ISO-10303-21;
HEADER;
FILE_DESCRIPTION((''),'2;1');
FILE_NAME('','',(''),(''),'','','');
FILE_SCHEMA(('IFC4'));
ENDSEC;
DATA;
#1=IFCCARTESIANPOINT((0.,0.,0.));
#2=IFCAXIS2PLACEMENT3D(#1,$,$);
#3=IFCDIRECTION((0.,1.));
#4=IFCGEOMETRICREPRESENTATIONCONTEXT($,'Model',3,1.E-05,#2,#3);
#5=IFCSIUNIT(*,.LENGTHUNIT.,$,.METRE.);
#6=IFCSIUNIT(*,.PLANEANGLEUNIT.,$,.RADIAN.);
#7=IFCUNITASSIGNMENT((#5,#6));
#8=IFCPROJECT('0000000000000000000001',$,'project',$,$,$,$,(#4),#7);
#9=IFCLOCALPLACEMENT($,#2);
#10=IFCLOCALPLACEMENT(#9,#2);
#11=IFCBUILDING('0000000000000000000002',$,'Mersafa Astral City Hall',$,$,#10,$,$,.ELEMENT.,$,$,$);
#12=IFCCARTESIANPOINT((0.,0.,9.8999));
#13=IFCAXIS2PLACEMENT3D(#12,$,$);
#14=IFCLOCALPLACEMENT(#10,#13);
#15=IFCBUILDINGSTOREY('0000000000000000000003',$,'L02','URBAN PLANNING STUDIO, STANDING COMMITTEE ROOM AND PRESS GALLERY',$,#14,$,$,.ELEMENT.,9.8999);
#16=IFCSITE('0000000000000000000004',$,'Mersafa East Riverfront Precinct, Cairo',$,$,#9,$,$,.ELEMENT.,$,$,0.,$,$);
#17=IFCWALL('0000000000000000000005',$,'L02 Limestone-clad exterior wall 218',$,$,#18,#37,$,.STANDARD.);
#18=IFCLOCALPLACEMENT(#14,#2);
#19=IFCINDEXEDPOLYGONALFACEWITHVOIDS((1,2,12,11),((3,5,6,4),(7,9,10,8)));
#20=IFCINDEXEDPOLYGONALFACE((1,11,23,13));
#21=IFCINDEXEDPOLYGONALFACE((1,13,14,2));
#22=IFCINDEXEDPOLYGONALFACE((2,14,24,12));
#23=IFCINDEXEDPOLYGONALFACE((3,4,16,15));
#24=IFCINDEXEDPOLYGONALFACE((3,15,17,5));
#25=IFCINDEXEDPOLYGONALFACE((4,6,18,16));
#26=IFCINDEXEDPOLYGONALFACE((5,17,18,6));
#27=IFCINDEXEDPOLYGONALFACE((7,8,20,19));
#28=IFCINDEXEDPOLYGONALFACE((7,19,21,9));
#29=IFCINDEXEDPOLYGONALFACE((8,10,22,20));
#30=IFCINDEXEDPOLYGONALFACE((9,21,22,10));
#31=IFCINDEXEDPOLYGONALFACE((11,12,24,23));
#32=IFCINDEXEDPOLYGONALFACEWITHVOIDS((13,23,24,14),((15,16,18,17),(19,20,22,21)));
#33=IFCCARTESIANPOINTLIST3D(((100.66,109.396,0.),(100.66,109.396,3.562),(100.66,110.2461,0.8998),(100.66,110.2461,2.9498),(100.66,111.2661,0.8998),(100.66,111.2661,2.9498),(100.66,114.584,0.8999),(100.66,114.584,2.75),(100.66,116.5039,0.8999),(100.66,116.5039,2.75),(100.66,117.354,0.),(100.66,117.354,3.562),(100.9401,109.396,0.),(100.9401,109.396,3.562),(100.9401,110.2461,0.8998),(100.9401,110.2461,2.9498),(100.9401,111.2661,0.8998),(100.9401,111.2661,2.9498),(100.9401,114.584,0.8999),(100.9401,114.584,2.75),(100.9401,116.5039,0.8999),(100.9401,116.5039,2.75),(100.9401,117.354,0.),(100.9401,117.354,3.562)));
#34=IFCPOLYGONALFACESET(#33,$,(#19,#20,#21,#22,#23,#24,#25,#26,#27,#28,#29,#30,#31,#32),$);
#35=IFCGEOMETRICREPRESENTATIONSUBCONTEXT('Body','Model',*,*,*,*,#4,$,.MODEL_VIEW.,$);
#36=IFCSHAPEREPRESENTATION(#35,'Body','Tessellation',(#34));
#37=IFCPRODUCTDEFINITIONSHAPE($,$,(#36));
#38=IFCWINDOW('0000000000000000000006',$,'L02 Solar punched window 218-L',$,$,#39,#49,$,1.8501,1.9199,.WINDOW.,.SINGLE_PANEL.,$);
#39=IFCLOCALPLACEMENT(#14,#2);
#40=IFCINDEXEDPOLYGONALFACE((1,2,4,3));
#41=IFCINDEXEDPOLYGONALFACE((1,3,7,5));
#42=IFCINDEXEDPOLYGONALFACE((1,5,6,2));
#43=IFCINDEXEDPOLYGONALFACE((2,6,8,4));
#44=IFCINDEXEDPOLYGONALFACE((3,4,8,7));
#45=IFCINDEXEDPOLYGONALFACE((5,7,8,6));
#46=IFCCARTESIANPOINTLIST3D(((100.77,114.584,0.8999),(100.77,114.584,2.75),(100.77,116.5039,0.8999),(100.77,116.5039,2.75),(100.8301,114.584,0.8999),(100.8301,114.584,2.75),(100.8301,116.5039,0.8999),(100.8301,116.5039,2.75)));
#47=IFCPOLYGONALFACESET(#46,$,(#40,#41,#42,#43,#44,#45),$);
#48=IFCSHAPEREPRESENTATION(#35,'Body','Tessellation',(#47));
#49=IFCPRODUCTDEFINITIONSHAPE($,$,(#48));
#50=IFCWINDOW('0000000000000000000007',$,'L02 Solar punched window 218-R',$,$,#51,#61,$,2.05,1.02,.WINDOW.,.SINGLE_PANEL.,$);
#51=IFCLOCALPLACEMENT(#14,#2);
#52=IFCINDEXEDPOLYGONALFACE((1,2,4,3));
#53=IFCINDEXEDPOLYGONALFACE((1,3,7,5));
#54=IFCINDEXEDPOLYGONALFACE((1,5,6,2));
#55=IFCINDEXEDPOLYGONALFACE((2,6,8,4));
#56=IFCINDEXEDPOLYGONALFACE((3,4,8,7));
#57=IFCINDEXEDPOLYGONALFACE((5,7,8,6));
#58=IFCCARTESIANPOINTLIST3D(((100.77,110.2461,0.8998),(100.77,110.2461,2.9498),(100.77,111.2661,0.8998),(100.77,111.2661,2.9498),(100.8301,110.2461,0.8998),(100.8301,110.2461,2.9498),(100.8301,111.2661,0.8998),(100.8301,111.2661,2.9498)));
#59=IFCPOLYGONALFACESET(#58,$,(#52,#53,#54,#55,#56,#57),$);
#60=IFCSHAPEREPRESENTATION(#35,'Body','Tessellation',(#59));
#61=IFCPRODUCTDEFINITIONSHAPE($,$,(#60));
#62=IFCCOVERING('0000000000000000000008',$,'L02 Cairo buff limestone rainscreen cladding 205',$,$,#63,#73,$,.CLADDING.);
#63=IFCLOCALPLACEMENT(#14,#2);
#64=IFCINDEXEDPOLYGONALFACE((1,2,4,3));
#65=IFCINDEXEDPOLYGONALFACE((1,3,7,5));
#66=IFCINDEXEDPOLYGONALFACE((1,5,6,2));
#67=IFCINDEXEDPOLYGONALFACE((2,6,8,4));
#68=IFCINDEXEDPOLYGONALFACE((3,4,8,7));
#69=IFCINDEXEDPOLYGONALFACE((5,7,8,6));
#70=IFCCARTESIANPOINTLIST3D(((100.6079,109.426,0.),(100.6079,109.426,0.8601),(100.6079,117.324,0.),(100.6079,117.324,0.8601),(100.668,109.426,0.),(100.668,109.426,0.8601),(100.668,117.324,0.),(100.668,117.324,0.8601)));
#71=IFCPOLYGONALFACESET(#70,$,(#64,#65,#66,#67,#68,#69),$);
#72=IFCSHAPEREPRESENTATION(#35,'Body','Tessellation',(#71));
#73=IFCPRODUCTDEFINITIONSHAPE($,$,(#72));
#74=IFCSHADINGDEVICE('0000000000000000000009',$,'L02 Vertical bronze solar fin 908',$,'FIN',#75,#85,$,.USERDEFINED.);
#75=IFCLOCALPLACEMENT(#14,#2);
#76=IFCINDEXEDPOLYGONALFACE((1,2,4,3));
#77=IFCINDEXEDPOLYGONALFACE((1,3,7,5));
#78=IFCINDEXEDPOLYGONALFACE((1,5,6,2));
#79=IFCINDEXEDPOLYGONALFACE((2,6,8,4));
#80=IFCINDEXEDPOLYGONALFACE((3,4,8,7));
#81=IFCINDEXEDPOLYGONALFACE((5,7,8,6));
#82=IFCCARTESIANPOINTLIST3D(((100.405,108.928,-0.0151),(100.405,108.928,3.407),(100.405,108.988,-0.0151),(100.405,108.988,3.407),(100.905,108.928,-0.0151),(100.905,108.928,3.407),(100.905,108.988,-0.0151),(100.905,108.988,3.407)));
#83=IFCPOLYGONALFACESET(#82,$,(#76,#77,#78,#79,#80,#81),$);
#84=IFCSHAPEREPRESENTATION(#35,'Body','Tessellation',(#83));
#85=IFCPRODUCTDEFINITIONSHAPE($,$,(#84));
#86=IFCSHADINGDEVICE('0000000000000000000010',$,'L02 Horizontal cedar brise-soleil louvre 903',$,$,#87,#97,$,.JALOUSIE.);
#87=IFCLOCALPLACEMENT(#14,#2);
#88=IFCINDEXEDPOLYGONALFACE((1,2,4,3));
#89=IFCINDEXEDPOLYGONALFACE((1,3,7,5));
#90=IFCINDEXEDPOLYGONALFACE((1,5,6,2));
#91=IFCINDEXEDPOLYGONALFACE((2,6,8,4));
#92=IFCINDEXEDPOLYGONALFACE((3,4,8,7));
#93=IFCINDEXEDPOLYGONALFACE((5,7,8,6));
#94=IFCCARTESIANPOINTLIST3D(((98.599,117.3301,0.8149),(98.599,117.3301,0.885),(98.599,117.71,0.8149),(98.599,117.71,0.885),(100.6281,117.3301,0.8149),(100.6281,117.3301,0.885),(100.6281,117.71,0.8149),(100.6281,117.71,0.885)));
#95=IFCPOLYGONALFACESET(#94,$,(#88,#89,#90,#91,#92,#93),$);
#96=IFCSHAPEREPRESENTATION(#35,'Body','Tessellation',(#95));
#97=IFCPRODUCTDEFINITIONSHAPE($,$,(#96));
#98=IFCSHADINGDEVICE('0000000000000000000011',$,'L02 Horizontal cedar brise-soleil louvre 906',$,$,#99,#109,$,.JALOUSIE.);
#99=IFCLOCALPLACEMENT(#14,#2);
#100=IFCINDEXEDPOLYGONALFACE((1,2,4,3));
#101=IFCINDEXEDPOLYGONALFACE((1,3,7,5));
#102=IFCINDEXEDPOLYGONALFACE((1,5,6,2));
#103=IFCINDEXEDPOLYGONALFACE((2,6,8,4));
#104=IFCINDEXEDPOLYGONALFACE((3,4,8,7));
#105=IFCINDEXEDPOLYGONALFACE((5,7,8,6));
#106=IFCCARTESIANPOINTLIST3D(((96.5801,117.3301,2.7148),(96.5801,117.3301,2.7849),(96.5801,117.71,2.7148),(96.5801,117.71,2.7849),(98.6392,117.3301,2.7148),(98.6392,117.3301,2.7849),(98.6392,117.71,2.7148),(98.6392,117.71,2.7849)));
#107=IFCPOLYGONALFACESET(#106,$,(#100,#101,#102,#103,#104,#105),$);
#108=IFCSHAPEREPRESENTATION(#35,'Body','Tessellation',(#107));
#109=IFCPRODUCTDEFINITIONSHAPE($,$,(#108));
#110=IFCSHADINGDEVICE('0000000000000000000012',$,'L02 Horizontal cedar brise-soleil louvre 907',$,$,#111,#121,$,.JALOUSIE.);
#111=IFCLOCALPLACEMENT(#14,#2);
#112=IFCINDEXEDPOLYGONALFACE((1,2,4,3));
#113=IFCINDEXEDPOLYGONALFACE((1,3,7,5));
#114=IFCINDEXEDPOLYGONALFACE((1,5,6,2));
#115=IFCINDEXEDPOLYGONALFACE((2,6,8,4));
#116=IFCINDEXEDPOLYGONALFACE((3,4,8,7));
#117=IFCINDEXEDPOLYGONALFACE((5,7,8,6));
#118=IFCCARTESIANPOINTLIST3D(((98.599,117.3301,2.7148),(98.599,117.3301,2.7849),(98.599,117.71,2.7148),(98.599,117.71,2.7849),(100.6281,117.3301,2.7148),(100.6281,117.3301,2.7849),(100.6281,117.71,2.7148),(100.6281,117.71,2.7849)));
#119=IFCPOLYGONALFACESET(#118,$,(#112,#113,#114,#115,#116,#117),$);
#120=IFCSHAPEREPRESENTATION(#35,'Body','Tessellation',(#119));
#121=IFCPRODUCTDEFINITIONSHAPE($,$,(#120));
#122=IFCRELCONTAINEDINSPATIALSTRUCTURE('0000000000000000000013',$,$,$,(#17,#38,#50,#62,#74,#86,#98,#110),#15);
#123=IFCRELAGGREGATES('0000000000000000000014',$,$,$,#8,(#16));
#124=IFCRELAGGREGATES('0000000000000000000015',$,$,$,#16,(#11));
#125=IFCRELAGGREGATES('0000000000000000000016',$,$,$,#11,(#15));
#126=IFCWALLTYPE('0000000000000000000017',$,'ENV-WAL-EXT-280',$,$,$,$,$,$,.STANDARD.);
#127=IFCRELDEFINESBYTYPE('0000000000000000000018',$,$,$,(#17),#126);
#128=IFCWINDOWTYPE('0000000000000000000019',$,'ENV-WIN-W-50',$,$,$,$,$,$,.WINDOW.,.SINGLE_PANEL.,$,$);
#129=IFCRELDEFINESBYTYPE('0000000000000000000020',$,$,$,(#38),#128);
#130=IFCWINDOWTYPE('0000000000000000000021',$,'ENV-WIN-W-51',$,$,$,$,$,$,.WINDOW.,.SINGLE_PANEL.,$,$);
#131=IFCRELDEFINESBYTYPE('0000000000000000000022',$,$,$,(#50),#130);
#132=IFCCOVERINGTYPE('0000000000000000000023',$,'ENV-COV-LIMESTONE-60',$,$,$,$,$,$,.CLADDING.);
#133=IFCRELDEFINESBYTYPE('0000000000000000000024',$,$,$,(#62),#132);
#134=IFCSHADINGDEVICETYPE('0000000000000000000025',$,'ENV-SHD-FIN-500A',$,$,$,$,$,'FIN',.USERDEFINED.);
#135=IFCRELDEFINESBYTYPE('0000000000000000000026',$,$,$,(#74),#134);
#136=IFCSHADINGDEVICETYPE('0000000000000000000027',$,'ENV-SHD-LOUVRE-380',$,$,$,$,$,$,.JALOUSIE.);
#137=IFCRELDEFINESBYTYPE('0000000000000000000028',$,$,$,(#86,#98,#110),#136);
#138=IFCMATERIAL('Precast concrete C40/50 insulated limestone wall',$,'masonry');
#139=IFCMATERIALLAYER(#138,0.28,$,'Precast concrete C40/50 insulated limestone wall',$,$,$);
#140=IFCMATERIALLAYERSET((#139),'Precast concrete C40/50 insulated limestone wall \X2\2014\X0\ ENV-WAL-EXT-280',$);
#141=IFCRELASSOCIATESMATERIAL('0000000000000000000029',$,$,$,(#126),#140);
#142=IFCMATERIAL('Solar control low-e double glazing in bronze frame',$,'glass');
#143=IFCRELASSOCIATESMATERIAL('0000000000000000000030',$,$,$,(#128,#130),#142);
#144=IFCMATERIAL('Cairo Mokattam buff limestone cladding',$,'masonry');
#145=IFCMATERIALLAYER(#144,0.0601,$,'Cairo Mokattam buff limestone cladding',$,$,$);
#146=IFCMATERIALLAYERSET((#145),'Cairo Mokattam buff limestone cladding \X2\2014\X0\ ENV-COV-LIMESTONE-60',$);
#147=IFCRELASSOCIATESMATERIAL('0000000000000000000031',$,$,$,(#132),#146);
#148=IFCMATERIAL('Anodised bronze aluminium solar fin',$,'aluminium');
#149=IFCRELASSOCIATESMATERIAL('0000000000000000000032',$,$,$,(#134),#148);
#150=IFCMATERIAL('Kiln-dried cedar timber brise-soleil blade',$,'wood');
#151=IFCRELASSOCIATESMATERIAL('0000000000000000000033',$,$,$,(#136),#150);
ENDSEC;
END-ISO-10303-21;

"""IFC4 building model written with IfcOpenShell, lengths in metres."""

from ifc_helpers import new_model, si_unit, direction, frame, frame_2d, origin, origin_2d, place, context, subcontext, project, spatial, rectangle, extrude, material, layer, layer_set, type_object, element, fill, save


model = new_model("IFC4")

# Units and contexts
model_context = context("Model", 3, precision=1e-05, world=origin(), true_north=direction((0.0, 1.0)))
body_context = subcontext(model_context, "Body", "Model", "MODEL_VIEW")
ifc_project = project(units=[si_unit("LENGTHUNIT", "METRE"), si_unit("PLANEANGLEUNIT", "RADIAN")], contexts=[model_context])

# Site, building, storey
site_placement = place(None, origin())
site = spatial("IfcSite", under=ifc_project, at=site_placement, Name="Mersafa East Riverfront Precinct, Cairo", CompositionType="ELEMENT", RefElevation=0.0)
building_placement = place(site_placement, origin())
building = spatial("IfcBuilding", under=site, at=building_placement, Name="Mersafa Astral City Hall", CompositionType="ELEMENT")
storey_placement = place(building_placement, frame((0.0, 0.0, 9.8999)))
storey = spatial("IfcBuildingStorey", under=building, at=storey_placement, Name="L02", Description="URBAN PLANNING STUDIO, STANDING COMMITTEE ROOM AND PRESS GALLERY", CompositionType="ELEMENT", Elevation=9.8999)

# Wall, openings, windows
ifc_material_1 = material(Name="Precast concrete C40/50 insulated limestone wall", Category="masonry")
ifc_layer_1 = layer(ifc_material_1, 0.28, Name="Precast concrete C40/50 insulated limestone wall")
ifc_layer_set_1 = layer_set([ifc_layer_1], Name="Precast concrete C40/50 insulated limestone wall — ENV-WAL-EXT-280")
wall_type = type_object("IfcWallType", Name="ENV-WAL-EXT-280", PredefinedType="STANDARD", material=ifc_layer_set_1)
wall_placement = place(storey_placement, frame((100.8, 117.354, 0.0), z_axis=(0.0, 0.0, 1.0), x_axis=(0.0, -1.0, 0.0)))
wall = element("IfcWall", 1, at=wall_placement, inside=storey, type_object=wall_type, Name="L02 Limestone-clad exterior wall 218", PredefinedType="STANDARD", context=body_context, shape_type="SweptSolid", body=[
    extrude(rectangle(XDim=7.958, YDim=0.28, at=frame_2d((3.979, 0.0))), origin(), (0.0, 0.0, 1.0), 3.562),
])
opening_1_placement = place(wall_placement, frame((0.8501, 0.0, 0.8999)))
opening_1 = element("IfcOpeningElement", 2, at=opening_1_placement, cuts=wall, PredefinedType="OPENING", context=body_context, shape_type="SweptSolid", body=[
    extrude(rectangle(XDim=1.9199, YDim=1.8501, at=frame_2d((0.96, 0.925))), frame((0.0, 0.1499, 0.0), z_axis=(0.0, -1.0, 0.0), x_axis=(1.0, 0.0, 0.0)), (0.0, 0.0, 1.0), 0.3),
])
opening_2_placement = place(wall_placement, frame((6.0879, 0.0, 0.8999)))
opening_2 = element("IfcOpeningElement", 3, at=opening_2_placement, cuts=wall, PredefinedType="OPENING", context=body_context, shape_type="SweptSolid", body=[
    extrude(rectangle(XDim=1.02, YDim=2.05, at=frame_2d((0.51, 1.0249))), frame((0.0, 0.1499, 0.0), z_axis=(0.0, -1.0, 0.0), x_axis=(1.0, 0.0, 0.0)), (0.0, 0.0, 1.0), 0.3),
])
ifc_material_2 = material(Name="Solar control low-e double glazing in bronze frame", Category="glass")
window_type_1 = type_object("IfcWindowType", Name="ENV-WIN-W-50", PartitioningType="SINGLE_PANEL", PredefinedType="WINDOW", material=ifc_material_2)
window_1_placement = place(opening_1_placement, origin())
window_1 = element("IfcWindow", 4, at=window_1_placement, inside=storey, type_object=window_type_1, Name="L02 Solar punched window 218-L", OverallHeight=1.8501, OverallWidth=1.9199, PartitioningType="SINGLE_PANEL", PredefinedType="WINDOW", context=body_context, shape_type="SweptSolid", body=[
    extrude(rectangle(XDim=1.9199, YDim=1.8501, at=frame_2d((0.96, 0.925))), frame((0.0, 0.03, 0.0), z_axis=(0.0, -1.0, 0.0), x_axis=(1.0, 0.0, 0.0)), (0.0, 0.0, 1.0), 0.0601),
])
fill(opening_1, window_1)
window_type_2 = type_object("IfcWindowType", Name="ENV-WIN-W-51", PartitioningType="SINGLE_PANEL", PredefinedType="WINDOW", material=ifc_material_2)
window_2_placement = place(opening_2_placement, origin())
window_2 = element("IfcWindow", 5, at=window_2_placement, inside=storey, type_object=window_type_2, Name="L02 Solar punched window 218-R", OverallHeight=2.05, OverallWidth=1.02, PartitioningType="SINGLE_PANEL", PredefinedType="WINDOW", context=body_context, shape_type="SweptSolid", body=[
    extrude(rectangle(XDim=1.02, YDim=2.05, at=frame_2d((0.51, 1.0249))), frame((0.0, 0.03, 0.0), z_axis=(0.0, -1.0, 0.0), x_axis=(1.0, 0.0, 0.0)), (0.0, 0.0, 1.0), 0.0601),
])
fill(opening_2, window_2)

# Covering
ifc_material_3 = material(Name="Cairo Mokattam buff limestone cladding", Category="masonry")
ifc_layer_2 = layer(ifc_material_3, 0.0601, Name="Cairo Mokattam buff limestone cladding")
ifc_layer_set_2 = layer_set([ifc_layer_2], Name="Cairo Mokattam buff limestone cladding — ENV-COV-LIMESTONE-60")
covering_type = type_object("IfcCoveringType", Name="ENV-COV-LIMESTONE-60", PredefinedType="CLADDING", material=ifc_layer_set_2)
covering_placement = place(storey_placement, frame((100.6379, 113.375, 0.0), z_axis=(0.0, 0.0, 1.0), x_axis=(0.0, -1.0, 0.0)))
element("IfcCovering", 6, at=covering_placement, inside=storey, type_object=covering_type, Name="L02 Cairo buff limestone rainscreen cladding 205", PredefinedType="CLADDING", context=body_context, shape_type="SweptSolid", body=[
    extrude(rectangle(XDim=7.8979, YDim=0.0601, at=origin_2d()), origin(), (0.0, 0.0, 1.0), 0.8601),
])

# Shading devices
ifc_material_4 = material(Name="Anodised bronze aluminium solar fin", Category="aluminium")
shading_device_type_1 = type_object("IfcShadingDeviceType", Name="ENV-SHD-FIN-500A", ElementType="FIN", PredefinedType="USERDEFINED", material=ifc_material_4)
shading_device_1_placement = place(storey_placement, frame((100.655, 108.958, -0.0151), z_axis=(0.0, 0.0, 1.0), x_axis=(0.0, -1.0, 0.0)))
element("IfcShadingDevice", 7, at=shading_device_1_placement, inside=storey, type_object=shading_device_type_1, Name="L02 Vertical bronze solar fin 908", ObjectType="FIN", PredefinedType="USERDEFINED", context=body_context, shape_type="SweptSolid", body=[
    extrude(rectangle(XDim=0.0601, YDim=0.5, at=origin_2d()), origin(), (0.0, 0.0, 1.0), 3.4221),
])
ifc_material_5 = material(Name="Kiln-dried cedar timber brise-soleil blade", Category="wood")
shading_device_type_2 = type_object("IfcShadingDeviceType", Name="ENV-SHD-LOUVRE-380", PredefinedType="JALOUSIE", material=ifc_material_5)
shading_device_2_placement = place(storey_placement, frame((99.6135, 117.52, 0.8149), z_axis=(0.0, 0.0, 1.0), x_axis=(1.0, 0.0, 0.0)))
element("IfcShadingDevice", 8, at=shading_device_2_placement, inside=storey, type_object=shading_device_type_2, Name="L02 Horizontal cedar brise-soleil louvre 903", PredefinedType="JALOUSIE", context=body_context, shape_type="SweptSolid", body=[
    extrude(rectangle(XDim=2.0291, YDim=0.3799, at=origin_2d()), origin(), (0.0, 0.0, 1.0), 0.0701),
])
shading_device_3_placement = place(storey_placement, frame((97.6096, 117.52, 2.7148), z_axis=(0.0, 0.0, 1.0), x_axis=(1.0, 0.0, 0.0)))
element("IfcShadingDevice", 9, at=shading_device_3_placement, inside=storey, type_object=shading_device_type_2, Name="L02 Horizontal cedar brise-soleil louvre 906", PredefinedType="JALOUSIE", context=body_context, shape_type="SweptSolid", body=[
    extrude(rectangle(XDim=2.0591, YDim=0.3799, at=origin_2d()), origin(), (0.0, 0.0, 1.0), 0.0701),
])
shading_device_4_placement = place(storey_placement, frame((99.6135, 117.52, 2.7148), z_axis=(0.0, 0.0, 1.0), x_axis=(1.0, 0.0, 0.0)))
element("IfcShadingDevice", 10, at=shading_device_4_placement, inside=storey, type_object=shading_device_type_2, Name="L02 Horizontal cedar brise-soleil louvre 907", PredefinedType="JALOUSIE", context=body_context, shape_type="SweptSolid", body=[
    extrude(rectangle(XDim=2.0291, YDim=0.3799, at=origin_2d()), origin(), (0.0, 0.0, 1.0), 0.0701),
])

save(model, "model.ifc")
